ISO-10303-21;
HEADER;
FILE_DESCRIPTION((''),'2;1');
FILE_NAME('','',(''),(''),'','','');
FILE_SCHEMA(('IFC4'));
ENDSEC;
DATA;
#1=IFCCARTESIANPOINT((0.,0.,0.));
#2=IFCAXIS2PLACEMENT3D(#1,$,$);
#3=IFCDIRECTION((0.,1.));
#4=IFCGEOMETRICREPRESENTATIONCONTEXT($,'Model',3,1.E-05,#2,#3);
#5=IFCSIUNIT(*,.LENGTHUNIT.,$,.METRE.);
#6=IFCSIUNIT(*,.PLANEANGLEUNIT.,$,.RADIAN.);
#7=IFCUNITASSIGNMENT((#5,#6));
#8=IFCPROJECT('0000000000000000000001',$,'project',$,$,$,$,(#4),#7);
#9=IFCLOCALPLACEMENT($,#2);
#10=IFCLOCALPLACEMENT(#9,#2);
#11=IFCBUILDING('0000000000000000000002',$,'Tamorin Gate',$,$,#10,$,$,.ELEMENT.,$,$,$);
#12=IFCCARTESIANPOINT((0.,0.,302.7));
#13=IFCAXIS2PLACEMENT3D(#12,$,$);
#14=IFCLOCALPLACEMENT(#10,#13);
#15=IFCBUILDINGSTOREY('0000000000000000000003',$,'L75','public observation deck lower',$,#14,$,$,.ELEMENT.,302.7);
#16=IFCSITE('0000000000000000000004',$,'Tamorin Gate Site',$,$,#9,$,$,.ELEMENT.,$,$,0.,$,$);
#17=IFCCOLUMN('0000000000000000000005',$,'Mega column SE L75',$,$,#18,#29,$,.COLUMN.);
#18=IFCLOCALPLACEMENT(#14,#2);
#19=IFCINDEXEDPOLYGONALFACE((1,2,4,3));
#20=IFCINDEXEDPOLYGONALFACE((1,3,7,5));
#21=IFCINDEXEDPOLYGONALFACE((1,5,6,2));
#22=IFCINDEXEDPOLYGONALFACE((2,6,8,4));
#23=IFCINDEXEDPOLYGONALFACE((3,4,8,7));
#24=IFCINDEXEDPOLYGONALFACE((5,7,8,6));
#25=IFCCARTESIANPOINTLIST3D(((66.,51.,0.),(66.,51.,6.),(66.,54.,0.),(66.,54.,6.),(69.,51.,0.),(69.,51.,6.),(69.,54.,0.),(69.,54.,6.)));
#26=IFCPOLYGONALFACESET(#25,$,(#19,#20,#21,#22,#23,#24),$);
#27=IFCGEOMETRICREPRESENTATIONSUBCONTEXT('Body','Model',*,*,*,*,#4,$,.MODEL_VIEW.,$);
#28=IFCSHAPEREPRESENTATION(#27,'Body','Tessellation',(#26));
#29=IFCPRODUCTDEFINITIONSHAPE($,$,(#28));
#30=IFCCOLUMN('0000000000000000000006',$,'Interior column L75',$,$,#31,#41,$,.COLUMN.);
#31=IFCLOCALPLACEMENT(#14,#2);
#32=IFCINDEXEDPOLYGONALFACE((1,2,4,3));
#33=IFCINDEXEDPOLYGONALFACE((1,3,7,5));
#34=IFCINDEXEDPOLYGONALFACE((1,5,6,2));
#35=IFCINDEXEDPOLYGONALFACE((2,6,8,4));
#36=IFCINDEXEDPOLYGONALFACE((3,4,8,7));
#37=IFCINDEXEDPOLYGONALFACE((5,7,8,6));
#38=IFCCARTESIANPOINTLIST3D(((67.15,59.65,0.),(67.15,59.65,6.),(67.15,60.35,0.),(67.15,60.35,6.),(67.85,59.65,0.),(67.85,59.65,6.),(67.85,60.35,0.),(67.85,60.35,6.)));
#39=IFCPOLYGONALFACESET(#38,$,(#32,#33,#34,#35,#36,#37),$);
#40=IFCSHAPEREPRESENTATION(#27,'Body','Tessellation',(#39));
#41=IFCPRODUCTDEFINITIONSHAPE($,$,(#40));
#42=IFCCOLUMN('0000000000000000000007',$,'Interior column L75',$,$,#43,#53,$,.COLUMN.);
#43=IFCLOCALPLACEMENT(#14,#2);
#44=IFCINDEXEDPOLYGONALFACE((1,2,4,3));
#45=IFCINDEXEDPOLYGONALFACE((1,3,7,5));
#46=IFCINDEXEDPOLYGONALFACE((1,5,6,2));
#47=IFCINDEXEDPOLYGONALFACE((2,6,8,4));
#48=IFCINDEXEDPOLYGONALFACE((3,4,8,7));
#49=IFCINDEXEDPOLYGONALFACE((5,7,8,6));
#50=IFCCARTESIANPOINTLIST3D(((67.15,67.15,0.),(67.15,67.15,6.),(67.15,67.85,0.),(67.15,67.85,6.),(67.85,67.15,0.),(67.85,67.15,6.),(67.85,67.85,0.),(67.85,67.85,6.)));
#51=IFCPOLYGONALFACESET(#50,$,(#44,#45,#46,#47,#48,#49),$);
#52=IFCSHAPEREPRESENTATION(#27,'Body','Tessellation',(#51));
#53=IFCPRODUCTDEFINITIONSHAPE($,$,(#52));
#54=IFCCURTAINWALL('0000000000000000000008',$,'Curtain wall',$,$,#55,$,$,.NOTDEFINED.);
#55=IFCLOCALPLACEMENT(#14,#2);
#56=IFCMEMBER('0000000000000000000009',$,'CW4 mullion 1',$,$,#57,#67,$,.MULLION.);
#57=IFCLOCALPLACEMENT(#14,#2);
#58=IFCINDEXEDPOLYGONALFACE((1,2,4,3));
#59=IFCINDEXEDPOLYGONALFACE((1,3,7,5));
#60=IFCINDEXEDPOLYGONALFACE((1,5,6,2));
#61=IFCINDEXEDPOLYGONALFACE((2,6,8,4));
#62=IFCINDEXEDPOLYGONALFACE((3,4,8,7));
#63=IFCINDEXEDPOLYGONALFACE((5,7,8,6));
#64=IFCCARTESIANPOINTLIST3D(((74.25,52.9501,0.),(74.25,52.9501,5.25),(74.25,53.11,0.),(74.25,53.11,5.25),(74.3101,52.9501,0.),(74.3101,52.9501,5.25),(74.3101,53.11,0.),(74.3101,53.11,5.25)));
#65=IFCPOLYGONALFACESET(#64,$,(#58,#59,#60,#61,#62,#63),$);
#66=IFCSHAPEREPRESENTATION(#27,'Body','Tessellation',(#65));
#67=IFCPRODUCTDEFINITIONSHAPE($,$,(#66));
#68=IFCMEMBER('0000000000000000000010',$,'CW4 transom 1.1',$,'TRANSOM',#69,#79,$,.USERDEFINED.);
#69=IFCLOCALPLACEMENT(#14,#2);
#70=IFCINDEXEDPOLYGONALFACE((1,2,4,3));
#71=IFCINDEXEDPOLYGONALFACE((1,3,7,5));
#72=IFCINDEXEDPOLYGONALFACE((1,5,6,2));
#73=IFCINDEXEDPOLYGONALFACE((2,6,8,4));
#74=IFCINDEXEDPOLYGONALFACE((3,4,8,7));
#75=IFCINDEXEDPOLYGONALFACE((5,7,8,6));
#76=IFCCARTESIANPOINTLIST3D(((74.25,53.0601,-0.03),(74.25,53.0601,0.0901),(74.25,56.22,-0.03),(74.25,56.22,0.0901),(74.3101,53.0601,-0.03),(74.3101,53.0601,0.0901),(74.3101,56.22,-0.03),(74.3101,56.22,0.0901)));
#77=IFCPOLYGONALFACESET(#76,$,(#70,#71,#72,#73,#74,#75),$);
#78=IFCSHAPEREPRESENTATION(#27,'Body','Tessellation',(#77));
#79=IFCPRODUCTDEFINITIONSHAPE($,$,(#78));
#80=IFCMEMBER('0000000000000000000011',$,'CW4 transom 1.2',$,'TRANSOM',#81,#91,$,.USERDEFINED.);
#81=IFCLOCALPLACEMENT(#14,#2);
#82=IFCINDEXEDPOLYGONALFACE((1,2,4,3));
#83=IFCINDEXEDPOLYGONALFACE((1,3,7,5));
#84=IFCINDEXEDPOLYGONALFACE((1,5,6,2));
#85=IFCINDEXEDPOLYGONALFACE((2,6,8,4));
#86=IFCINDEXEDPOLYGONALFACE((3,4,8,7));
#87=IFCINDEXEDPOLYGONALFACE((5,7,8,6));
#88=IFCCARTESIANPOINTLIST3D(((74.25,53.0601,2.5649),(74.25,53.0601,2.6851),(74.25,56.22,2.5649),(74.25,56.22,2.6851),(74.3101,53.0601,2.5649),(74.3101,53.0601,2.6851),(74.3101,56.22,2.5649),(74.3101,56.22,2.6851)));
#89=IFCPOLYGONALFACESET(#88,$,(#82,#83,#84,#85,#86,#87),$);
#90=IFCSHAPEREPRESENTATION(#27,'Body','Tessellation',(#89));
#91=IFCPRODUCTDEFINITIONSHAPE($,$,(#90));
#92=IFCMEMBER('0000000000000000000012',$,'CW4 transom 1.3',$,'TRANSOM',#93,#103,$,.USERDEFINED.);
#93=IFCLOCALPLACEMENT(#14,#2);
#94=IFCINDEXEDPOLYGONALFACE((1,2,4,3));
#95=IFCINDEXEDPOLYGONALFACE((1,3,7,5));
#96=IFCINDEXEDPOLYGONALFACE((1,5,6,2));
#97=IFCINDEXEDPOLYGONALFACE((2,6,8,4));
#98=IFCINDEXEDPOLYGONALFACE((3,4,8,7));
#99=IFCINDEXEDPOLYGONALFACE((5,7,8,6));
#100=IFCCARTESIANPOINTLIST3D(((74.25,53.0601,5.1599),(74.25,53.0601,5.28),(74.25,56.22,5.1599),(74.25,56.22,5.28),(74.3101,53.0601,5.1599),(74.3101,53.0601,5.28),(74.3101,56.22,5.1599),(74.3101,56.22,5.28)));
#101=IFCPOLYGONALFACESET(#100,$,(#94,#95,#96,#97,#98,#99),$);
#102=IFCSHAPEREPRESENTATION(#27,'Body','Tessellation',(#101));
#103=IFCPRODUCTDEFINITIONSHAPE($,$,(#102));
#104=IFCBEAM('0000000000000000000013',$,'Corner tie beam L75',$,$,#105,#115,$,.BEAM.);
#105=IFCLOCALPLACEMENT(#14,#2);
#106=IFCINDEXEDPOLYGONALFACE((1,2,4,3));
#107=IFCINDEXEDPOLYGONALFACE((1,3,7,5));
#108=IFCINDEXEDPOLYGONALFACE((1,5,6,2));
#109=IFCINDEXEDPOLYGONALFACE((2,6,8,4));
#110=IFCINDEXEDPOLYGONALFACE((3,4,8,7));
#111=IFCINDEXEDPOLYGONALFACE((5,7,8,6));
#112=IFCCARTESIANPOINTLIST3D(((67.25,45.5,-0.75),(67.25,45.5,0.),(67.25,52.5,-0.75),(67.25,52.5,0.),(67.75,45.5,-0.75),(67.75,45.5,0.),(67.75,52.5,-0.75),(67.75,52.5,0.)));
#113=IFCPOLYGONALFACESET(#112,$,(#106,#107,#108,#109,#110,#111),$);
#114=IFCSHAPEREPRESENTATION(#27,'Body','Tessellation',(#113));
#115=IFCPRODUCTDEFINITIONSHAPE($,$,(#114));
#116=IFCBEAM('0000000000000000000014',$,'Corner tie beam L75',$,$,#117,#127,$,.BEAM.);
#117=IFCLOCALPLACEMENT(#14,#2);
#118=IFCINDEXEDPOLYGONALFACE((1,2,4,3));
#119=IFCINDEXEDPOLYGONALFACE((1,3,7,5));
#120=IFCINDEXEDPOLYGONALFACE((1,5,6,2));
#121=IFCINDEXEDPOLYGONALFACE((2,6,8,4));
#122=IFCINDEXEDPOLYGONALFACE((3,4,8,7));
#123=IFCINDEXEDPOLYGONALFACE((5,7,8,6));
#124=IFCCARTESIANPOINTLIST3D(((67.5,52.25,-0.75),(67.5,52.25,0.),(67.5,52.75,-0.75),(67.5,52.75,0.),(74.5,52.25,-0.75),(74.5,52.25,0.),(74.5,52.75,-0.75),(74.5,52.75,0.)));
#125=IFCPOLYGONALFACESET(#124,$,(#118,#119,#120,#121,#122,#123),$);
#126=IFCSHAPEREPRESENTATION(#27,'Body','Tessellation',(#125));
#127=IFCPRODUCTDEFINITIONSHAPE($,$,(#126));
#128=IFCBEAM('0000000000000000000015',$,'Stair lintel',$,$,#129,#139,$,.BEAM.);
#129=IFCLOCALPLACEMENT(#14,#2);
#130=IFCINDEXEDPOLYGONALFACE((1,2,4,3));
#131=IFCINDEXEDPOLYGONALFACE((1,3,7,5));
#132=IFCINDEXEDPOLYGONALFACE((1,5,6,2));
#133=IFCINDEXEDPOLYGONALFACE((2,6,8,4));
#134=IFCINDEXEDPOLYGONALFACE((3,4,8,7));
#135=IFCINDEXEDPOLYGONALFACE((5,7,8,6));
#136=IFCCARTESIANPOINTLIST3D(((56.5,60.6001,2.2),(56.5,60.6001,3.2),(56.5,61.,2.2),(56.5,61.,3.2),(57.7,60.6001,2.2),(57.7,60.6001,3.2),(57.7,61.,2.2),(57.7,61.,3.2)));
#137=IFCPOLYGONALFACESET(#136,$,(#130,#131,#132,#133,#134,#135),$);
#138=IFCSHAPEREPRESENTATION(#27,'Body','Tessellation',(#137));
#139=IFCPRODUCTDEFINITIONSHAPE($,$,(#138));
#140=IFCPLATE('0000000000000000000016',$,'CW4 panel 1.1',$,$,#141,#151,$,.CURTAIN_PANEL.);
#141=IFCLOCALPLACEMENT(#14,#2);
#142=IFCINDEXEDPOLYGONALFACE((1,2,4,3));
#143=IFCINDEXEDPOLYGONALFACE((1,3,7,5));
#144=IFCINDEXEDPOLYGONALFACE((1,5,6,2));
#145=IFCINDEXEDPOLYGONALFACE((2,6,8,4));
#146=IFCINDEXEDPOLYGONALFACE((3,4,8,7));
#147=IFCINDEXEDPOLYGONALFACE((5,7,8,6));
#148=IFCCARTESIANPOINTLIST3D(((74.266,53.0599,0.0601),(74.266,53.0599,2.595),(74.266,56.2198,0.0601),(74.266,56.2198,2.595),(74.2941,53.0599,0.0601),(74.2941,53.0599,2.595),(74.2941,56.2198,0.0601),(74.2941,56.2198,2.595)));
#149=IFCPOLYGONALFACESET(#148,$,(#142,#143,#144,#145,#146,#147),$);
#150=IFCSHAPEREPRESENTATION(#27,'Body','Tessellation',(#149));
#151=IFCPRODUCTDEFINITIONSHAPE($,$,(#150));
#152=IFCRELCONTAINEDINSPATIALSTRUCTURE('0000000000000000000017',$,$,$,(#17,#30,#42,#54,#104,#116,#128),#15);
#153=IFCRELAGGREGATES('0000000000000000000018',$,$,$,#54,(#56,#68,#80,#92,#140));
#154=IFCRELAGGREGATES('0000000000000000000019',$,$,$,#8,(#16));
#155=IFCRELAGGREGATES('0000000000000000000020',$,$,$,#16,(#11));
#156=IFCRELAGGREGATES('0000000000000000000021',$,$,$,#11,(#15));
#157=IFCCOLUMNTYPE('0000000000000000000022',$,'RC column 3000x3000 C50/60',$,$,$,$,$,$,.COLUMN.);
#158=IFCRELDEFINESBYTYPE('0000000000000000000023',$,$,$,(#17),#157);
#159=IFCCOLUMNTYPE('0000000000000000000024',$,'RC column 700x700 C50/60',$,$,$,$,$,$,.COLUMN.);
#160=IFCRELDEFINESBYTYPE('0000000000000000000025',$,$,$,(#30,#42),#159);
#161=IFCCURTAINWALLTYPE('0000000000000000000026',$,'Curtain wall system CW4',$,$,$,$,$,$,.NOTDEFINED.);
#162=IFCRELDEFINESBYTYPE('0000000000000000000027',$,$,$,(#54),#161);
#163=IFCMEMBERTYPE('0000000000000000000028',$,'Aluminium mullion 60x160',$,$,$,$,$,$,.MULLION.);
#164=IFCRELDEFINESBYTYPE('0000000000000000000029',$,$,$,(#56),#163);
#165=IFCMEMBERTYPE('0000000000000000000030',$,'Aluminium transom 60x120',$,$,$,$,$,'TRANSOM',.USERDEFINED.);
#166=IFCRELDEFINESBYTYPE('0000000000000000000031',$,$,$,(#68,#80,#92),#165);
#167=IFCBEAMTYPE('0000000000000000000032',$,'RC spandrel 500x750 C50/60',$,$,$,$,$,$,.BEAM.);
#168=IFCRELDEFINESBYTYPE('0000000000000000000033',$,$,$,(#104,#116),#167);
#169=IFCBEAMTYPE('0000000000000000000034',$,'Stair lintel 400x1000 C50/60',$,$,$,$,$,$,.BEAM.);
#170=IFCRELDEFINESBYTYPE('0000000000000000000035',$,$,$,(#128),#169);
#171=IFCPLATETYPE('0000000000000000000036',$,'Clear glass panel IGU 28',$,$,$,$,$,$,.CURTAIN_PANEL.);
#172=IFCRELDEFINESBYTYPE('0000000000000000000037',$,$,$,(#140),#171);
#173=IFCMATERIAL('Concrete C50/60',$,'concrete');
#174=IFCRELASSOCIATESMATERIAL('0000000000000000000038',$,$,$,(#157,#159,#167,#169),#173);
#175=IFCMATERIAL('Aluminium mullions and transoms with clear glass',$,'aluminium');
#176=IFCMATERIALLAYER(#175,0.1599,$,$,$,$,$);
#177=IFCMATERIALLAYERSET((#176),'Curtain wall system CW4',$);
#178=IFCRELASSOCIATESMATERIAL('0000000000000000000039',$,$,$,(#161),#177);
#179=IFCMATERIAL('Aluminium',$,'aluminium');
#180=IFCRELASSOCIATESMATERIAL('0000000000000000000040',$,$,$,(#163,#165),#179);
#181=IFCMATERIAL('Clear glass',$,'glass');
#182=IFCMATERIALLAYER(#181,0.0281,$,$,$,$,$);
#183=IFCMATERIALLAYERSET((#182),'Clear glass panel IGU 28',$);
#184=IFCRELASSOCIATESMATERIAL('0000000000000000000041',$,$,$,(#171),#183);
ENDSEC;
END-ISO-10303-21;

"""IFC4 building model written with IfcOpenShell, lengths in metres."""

from ifc_helpers import new_model, si_unit, direction, frame, origin, origin_2d, place, context, subcontext, project, spatial, rectangle, extrude, material, layer, layer_set, material_profile, profile_set, type_object, element, aggregate, save


model = new_model("IFC4")

# Units and contexts
model_context = context("Model", 3, precision=1e-05, world=origin(), true_north=direction((0.0, 1.0)))
body_context = subcontext(model_context, "Body", "Model", "MODEL_VIEW")
ifc_project = project(units=[si_unit("LENGTHUNIT", "METRE"), si_unit("PLANEANGLEUNIT", "RADIAN")], contexts=[model_context])

# Site, building, storey
site_placement = place(None, origin())
site = spatial("IfcSite", under=ifc_project, at=site_placement, Name="Tamorin Gate Site", CompositionType="ELEMENT", RefElevation=0.0)
building_placement = place(site_placement, origin())
building = spatial("IfcBuilding", under=site, at=building_placement, Name="Tamorin Gate", CompositionType="ELEMENT")
storey_placement = place(building_placement, frame((0.0, 0.0, 302.7)))
storey = spatial("IfcBuildingStorey", under=building, at=storey_placement, Name="L75", Description="public observation deck lower", CompositionType="ELEMENT", Elevation=302.7)

# Columns
ifc_material_1 = material(Name="Concrete C50/60", Category="concrete")
ifc_material_profile_1 = material_profile(ifc_material_1, rectangle(XDim=3.0, YDim=3.0, at=origin_2d()), Name="RC 3000x3000")
ifc_profile_set_1 = profile_set([ifc_material_profile_1], Name="Concrete C50/60")
column_type_1 = type_object("IfcColumnType", Name="RC column 3000x3000 C50/60", PredefinedType="COLUMN", material=ifc_profile_set_1)
column_placement = place(storey_placement, frame((67.5, 52.5, 0.0), z_axis=(0.0, 0.0, 1.0), x_axis=(1.0, 0.0, 0.0)))
element("IfcColumn", 1, at=column_placement, inside=storey, type_object=column_type_1, Name="Mega column SE L75", PredefinedType="COLUMN", context=body_context, shape_type="SweptSolid", body=[
    extrude(rectangle(XDim=3.0, YDim=3.0, at=origin_2d()), origin(), (0.0, 0.0, 1.0), 6.0),
])
ifc_material_profile_2 = material_profile(ifc_material_1, rectangle(XDim=0.7, YDim=0.7, at=origin_2d()), Name="RC 700x700")
ifc_profile_set_2 = profile_set([ifc_material_profile_2], Name="Concrete C50/60")
column_type_2 = type_object("IfcColumnType", Name="RC column 700x700 C50/60", PredefinedType="COLUMN", material=ifc_profile_set_2)
for number, where, z_axis, x_axis, name in (
    (2, (67.5, 60.0, 0.0), (0.0, 0.0, 1.0), (1.0, 0.0, 0.0), "Interior column L75"),
    (3, (67.5, 67.5, 0.0), (0.0, 0.0, 1.0), (1.0, 0.0, 0.0), "Interior column L75"),
):
    element("IfcColumn", number, at=place(storey_placement, frame(where, z_axis=z_axis, x_axis=x_axis)), inside=storey, type_object=column_type_2, Name=name, PredefinedType="COLUMN", context=body_context, shape_type="SweptSolid", body=[
        extrude(rectangle(XDim=0.7, YDim=0.7, at=origin_2d()), origin(), (0.0, 0.0, 1.0), 6.0),
    ])

# Curtain wall, members
ifc_material_2 = material(Name="Aluminium mullions and transoms with clear glass", Category="aluminium")
ifc_layer_1 = layer(ifc_material_2, 0.1599)
ifc_layer_set_1 = layer_set([ifc_layer_1], Name="Curtain wall system CW4")
curtain_wall_type = type_object("IfcCurtainWallType", Name="Curtain wall system CW4", PredefinedType="NOTDEFINED", material=ifc_layer_set_1)
curtain_wall_placement = place(storey_placement, origin())
curtain_wall = element("IfcCurtainWall", 4, at=curtain_wall_placement, inside=storey, type_object=curtain_wall_type, Name="Curtain wall", PredefinedType="NOTDEFINED")
ifc_material_3 = material(Name="Aluminium", Category="aluminium")
ifc_material_profile_3 = material_profile(ifc_material_3, rectangle(XDim=0.0601, YDim=0.1599, at=origin_2d()), Name="RECT 60x160")
ifc_profile_set_3 = profile_set([ifc_material_profile_3], Name="Aluminium")
member_type_1 = type_object("IfcMemberType", Name="Aluminium mullion 60x160", PredefinedType="MULLION", material=ifc_profile_set_3)
member_1_placement = place(storey_placement, frame((74.28, 53.03, 0.0), z_axis=(0.0, 0.0, 1.0), x_axis=(-1.0, 0.0, 0.0)))
member_1 = element("IfcMember", 5, at=member_1_placement, type_object=member_type_1, Name="CW4 mullion 1", PredefinedType="MULLION", context=body_context, shape_type="SweptSolid", body=[
    extrude(rectangle(XDim=0.0601, YDim=0.1599, at=origin_2d()), origin(), (0.0, 0.0, 1.0), 5.25),
])
ifc_material_profile_4 = material_profile(ifc_material_3, rectangle(XDim=0.0601, YDim=0.1201, at=origin_2d()), Name="RECT 60x120")
ifc_profile_set_4 = profile_set([ifc_material_profile_4], Name="Aluminium")
member_type_2 = type_object("IfcMemberType", Name="Aluminium transom 60x120", ElementType="TRANSOM", PredefinedType="USERDEFINED", material=ifc_profile_set_4)
member_2_placement = place(storey_placement, frame((74.28, 53.0601, 0.03), z_axis=(0.0, 1.0, 0.0), x_axis=(-1.0, 0.0, 0.0)))
member_2 = element("IfcMember", 6, at=member_2_placement, type_object=member_type_2, Name="CW4 transom 1.1", ObjectType="TRANSOM", PredefinedType="USERDEFINED", context=body_context, shape_type="SweptSolid", body=[
    extrude(rectangle(XDim=0.0601, YDim=0.1201, at=origin_2d()), origin(), (0.0, 0.0, 1.0), 3.1599),
])
member_3_placement = place(storey_placement, frame((74.28, 53.0601, 2.625), z_axis=(0.0, 1.0, 0.0), x_axis=(-1.0, 0.0, 0.0)))
member_3 = element("IfcMember", 7, at=member_3_placement, type_object=member_type_2, Name="CW4 transom 1.2", ObjectType="TRANSOM", PredefinedType="USERDEFINED", context=body_context, shape_type="SweptSolid", body=[
    extrude(rectangle(XDim=0.0601, YDim=0.1201, at=origin_2d()), origin(), (0.0, 0.0, 1.0), 3.1599),
])
member_4_placement = place(storey_placement, frame((74.28, 53.0601, 5.22), z_axis=(0.0, 1.0, 0.0), x_axis=(-1.0, 0.0, 0.0)))
member_4 = element("IfcMember", 8, at=member_4_placement, type_object=member_type_2, Name="CW4 transom 1.3", ObjectType="TRANSOM", PredefinedType="USERDEFINED", context=body_context, shape_type="SweptSolid", body=[
    extrude(rectangle(XDim=0.0601, YDim=0.1201, at=origin_2d()), origin(), (0.0, 0.0, 1.0), 3.1599),
])

# Beams
ifc_material_profile_5 = material_profile(ifc_material_1, rectangle(XDim=0.5, YDim=0.75, at=origin_2d()), Name="RC 500x750")
ifc_profile_set_5 = profile_set([ifc_material_profile_5], Name="Concrete C50/60")
beam_type_1 = type_object("IfcBeamType", Name="RC spandrel 500x750 C50/60", PredefinedType="BEAM", material=ifc_profile_set_5)
for number, where, z_axis, x_axis, name in (
    (9, (67.5, 52.5, -0.375), (0.0, -1.0, 0.0), (1.0, 0.0, 0.0), "Corner tie beam L75"),
    (10, (67.5, 52.5, -0.375), (1.0, 0.0, 0.0), (0.0, 1.0, 0.0), "Corner tie beam L75"),
):
    element("IfcBeam", number, at=place(storey_placement, frame(where, z_axis=z_axis, x_axis=x_axis)), inside=storey, type_object=beam_type_1, Name=name, PredefinedType="BEAM", context=body_context, shape_type="SweptSolid", body=[
        extrude(rectangle(XDim=0.5, YDim=0.75, at=origin_2d()), origin(), (0.0, 0.0, 1.0), 7.0),
    ])
ifc_material_profile_6 = material_profile(ifc_material_1, rectangle(XDim=0.3999, YDim=1.0, at=origin_2d()))
ifc_profile_set_6 = profile_set([ifc_material_profile_6], Name="Concrete C50/60")
beam_type_2 = type_object("IfcBeamType", Name="Stair lintel 400x1000 C50/60", PredefinedType="BEAM", material=ifc_profile_set_6)
beam_placement = place(storey_placement, frame((56.5, 60.8, 2.7), z_axis=(1.0, 0.0, 0.0), x_axis=(0.0, 1.0, 0.0)))
element("IfcBeam", 11, at=beam_placement, inside=storey, type_object=beam_type_2, Name="Stair lintel", PredefinedType="BEAM", context=body_context, shape_type="SweptSolid", body=[
    extrude(rectangle(XDim=0.3999, YDim=1.0, at=origin_2d()), origin(), (0.0, 0.0, 1.0), 1.2),
])

# Plate
ifc_material_4 = material(Name="Clear glass", Category="glass")
ifc_layer_2 = layer(ifc_material_4, 0.0281)
ifc_layer_set_2 = layer_set([ifc_layer_2], Name="Clear glass panel IGU 28")
plate_type = type_object("IfcPlateType", Name="Clear glass panel IGU 28", PredefinedType="CURTAIN_PANEL", material=ifc_layer_set_2)
plate_placement = place(storey_placement, frame((74.28, 54.6399, 0.0601), z_axis=(0.0, 0.0, 1.0), x_axis=(0.0, 1.0, 0.0)))
plate = element("IfcPlate", 12, at=plate_placement, type_object=plate_type, Name="CW4 panel 1.1", PredefinedType="CURTAIN_PANEL", context=body_context, shape_type="SweptSolid", body=[
    extrude(rectangle(XDim=3.1599, YDim=0.0281, at=origin_2d()), origin(), (0.0, 0.0, 1.0), 2.5349),
])
aggregate(curtain_wall, [member_1, member_2, member_3, member_4, plate])

save(model, "model.ifc")
